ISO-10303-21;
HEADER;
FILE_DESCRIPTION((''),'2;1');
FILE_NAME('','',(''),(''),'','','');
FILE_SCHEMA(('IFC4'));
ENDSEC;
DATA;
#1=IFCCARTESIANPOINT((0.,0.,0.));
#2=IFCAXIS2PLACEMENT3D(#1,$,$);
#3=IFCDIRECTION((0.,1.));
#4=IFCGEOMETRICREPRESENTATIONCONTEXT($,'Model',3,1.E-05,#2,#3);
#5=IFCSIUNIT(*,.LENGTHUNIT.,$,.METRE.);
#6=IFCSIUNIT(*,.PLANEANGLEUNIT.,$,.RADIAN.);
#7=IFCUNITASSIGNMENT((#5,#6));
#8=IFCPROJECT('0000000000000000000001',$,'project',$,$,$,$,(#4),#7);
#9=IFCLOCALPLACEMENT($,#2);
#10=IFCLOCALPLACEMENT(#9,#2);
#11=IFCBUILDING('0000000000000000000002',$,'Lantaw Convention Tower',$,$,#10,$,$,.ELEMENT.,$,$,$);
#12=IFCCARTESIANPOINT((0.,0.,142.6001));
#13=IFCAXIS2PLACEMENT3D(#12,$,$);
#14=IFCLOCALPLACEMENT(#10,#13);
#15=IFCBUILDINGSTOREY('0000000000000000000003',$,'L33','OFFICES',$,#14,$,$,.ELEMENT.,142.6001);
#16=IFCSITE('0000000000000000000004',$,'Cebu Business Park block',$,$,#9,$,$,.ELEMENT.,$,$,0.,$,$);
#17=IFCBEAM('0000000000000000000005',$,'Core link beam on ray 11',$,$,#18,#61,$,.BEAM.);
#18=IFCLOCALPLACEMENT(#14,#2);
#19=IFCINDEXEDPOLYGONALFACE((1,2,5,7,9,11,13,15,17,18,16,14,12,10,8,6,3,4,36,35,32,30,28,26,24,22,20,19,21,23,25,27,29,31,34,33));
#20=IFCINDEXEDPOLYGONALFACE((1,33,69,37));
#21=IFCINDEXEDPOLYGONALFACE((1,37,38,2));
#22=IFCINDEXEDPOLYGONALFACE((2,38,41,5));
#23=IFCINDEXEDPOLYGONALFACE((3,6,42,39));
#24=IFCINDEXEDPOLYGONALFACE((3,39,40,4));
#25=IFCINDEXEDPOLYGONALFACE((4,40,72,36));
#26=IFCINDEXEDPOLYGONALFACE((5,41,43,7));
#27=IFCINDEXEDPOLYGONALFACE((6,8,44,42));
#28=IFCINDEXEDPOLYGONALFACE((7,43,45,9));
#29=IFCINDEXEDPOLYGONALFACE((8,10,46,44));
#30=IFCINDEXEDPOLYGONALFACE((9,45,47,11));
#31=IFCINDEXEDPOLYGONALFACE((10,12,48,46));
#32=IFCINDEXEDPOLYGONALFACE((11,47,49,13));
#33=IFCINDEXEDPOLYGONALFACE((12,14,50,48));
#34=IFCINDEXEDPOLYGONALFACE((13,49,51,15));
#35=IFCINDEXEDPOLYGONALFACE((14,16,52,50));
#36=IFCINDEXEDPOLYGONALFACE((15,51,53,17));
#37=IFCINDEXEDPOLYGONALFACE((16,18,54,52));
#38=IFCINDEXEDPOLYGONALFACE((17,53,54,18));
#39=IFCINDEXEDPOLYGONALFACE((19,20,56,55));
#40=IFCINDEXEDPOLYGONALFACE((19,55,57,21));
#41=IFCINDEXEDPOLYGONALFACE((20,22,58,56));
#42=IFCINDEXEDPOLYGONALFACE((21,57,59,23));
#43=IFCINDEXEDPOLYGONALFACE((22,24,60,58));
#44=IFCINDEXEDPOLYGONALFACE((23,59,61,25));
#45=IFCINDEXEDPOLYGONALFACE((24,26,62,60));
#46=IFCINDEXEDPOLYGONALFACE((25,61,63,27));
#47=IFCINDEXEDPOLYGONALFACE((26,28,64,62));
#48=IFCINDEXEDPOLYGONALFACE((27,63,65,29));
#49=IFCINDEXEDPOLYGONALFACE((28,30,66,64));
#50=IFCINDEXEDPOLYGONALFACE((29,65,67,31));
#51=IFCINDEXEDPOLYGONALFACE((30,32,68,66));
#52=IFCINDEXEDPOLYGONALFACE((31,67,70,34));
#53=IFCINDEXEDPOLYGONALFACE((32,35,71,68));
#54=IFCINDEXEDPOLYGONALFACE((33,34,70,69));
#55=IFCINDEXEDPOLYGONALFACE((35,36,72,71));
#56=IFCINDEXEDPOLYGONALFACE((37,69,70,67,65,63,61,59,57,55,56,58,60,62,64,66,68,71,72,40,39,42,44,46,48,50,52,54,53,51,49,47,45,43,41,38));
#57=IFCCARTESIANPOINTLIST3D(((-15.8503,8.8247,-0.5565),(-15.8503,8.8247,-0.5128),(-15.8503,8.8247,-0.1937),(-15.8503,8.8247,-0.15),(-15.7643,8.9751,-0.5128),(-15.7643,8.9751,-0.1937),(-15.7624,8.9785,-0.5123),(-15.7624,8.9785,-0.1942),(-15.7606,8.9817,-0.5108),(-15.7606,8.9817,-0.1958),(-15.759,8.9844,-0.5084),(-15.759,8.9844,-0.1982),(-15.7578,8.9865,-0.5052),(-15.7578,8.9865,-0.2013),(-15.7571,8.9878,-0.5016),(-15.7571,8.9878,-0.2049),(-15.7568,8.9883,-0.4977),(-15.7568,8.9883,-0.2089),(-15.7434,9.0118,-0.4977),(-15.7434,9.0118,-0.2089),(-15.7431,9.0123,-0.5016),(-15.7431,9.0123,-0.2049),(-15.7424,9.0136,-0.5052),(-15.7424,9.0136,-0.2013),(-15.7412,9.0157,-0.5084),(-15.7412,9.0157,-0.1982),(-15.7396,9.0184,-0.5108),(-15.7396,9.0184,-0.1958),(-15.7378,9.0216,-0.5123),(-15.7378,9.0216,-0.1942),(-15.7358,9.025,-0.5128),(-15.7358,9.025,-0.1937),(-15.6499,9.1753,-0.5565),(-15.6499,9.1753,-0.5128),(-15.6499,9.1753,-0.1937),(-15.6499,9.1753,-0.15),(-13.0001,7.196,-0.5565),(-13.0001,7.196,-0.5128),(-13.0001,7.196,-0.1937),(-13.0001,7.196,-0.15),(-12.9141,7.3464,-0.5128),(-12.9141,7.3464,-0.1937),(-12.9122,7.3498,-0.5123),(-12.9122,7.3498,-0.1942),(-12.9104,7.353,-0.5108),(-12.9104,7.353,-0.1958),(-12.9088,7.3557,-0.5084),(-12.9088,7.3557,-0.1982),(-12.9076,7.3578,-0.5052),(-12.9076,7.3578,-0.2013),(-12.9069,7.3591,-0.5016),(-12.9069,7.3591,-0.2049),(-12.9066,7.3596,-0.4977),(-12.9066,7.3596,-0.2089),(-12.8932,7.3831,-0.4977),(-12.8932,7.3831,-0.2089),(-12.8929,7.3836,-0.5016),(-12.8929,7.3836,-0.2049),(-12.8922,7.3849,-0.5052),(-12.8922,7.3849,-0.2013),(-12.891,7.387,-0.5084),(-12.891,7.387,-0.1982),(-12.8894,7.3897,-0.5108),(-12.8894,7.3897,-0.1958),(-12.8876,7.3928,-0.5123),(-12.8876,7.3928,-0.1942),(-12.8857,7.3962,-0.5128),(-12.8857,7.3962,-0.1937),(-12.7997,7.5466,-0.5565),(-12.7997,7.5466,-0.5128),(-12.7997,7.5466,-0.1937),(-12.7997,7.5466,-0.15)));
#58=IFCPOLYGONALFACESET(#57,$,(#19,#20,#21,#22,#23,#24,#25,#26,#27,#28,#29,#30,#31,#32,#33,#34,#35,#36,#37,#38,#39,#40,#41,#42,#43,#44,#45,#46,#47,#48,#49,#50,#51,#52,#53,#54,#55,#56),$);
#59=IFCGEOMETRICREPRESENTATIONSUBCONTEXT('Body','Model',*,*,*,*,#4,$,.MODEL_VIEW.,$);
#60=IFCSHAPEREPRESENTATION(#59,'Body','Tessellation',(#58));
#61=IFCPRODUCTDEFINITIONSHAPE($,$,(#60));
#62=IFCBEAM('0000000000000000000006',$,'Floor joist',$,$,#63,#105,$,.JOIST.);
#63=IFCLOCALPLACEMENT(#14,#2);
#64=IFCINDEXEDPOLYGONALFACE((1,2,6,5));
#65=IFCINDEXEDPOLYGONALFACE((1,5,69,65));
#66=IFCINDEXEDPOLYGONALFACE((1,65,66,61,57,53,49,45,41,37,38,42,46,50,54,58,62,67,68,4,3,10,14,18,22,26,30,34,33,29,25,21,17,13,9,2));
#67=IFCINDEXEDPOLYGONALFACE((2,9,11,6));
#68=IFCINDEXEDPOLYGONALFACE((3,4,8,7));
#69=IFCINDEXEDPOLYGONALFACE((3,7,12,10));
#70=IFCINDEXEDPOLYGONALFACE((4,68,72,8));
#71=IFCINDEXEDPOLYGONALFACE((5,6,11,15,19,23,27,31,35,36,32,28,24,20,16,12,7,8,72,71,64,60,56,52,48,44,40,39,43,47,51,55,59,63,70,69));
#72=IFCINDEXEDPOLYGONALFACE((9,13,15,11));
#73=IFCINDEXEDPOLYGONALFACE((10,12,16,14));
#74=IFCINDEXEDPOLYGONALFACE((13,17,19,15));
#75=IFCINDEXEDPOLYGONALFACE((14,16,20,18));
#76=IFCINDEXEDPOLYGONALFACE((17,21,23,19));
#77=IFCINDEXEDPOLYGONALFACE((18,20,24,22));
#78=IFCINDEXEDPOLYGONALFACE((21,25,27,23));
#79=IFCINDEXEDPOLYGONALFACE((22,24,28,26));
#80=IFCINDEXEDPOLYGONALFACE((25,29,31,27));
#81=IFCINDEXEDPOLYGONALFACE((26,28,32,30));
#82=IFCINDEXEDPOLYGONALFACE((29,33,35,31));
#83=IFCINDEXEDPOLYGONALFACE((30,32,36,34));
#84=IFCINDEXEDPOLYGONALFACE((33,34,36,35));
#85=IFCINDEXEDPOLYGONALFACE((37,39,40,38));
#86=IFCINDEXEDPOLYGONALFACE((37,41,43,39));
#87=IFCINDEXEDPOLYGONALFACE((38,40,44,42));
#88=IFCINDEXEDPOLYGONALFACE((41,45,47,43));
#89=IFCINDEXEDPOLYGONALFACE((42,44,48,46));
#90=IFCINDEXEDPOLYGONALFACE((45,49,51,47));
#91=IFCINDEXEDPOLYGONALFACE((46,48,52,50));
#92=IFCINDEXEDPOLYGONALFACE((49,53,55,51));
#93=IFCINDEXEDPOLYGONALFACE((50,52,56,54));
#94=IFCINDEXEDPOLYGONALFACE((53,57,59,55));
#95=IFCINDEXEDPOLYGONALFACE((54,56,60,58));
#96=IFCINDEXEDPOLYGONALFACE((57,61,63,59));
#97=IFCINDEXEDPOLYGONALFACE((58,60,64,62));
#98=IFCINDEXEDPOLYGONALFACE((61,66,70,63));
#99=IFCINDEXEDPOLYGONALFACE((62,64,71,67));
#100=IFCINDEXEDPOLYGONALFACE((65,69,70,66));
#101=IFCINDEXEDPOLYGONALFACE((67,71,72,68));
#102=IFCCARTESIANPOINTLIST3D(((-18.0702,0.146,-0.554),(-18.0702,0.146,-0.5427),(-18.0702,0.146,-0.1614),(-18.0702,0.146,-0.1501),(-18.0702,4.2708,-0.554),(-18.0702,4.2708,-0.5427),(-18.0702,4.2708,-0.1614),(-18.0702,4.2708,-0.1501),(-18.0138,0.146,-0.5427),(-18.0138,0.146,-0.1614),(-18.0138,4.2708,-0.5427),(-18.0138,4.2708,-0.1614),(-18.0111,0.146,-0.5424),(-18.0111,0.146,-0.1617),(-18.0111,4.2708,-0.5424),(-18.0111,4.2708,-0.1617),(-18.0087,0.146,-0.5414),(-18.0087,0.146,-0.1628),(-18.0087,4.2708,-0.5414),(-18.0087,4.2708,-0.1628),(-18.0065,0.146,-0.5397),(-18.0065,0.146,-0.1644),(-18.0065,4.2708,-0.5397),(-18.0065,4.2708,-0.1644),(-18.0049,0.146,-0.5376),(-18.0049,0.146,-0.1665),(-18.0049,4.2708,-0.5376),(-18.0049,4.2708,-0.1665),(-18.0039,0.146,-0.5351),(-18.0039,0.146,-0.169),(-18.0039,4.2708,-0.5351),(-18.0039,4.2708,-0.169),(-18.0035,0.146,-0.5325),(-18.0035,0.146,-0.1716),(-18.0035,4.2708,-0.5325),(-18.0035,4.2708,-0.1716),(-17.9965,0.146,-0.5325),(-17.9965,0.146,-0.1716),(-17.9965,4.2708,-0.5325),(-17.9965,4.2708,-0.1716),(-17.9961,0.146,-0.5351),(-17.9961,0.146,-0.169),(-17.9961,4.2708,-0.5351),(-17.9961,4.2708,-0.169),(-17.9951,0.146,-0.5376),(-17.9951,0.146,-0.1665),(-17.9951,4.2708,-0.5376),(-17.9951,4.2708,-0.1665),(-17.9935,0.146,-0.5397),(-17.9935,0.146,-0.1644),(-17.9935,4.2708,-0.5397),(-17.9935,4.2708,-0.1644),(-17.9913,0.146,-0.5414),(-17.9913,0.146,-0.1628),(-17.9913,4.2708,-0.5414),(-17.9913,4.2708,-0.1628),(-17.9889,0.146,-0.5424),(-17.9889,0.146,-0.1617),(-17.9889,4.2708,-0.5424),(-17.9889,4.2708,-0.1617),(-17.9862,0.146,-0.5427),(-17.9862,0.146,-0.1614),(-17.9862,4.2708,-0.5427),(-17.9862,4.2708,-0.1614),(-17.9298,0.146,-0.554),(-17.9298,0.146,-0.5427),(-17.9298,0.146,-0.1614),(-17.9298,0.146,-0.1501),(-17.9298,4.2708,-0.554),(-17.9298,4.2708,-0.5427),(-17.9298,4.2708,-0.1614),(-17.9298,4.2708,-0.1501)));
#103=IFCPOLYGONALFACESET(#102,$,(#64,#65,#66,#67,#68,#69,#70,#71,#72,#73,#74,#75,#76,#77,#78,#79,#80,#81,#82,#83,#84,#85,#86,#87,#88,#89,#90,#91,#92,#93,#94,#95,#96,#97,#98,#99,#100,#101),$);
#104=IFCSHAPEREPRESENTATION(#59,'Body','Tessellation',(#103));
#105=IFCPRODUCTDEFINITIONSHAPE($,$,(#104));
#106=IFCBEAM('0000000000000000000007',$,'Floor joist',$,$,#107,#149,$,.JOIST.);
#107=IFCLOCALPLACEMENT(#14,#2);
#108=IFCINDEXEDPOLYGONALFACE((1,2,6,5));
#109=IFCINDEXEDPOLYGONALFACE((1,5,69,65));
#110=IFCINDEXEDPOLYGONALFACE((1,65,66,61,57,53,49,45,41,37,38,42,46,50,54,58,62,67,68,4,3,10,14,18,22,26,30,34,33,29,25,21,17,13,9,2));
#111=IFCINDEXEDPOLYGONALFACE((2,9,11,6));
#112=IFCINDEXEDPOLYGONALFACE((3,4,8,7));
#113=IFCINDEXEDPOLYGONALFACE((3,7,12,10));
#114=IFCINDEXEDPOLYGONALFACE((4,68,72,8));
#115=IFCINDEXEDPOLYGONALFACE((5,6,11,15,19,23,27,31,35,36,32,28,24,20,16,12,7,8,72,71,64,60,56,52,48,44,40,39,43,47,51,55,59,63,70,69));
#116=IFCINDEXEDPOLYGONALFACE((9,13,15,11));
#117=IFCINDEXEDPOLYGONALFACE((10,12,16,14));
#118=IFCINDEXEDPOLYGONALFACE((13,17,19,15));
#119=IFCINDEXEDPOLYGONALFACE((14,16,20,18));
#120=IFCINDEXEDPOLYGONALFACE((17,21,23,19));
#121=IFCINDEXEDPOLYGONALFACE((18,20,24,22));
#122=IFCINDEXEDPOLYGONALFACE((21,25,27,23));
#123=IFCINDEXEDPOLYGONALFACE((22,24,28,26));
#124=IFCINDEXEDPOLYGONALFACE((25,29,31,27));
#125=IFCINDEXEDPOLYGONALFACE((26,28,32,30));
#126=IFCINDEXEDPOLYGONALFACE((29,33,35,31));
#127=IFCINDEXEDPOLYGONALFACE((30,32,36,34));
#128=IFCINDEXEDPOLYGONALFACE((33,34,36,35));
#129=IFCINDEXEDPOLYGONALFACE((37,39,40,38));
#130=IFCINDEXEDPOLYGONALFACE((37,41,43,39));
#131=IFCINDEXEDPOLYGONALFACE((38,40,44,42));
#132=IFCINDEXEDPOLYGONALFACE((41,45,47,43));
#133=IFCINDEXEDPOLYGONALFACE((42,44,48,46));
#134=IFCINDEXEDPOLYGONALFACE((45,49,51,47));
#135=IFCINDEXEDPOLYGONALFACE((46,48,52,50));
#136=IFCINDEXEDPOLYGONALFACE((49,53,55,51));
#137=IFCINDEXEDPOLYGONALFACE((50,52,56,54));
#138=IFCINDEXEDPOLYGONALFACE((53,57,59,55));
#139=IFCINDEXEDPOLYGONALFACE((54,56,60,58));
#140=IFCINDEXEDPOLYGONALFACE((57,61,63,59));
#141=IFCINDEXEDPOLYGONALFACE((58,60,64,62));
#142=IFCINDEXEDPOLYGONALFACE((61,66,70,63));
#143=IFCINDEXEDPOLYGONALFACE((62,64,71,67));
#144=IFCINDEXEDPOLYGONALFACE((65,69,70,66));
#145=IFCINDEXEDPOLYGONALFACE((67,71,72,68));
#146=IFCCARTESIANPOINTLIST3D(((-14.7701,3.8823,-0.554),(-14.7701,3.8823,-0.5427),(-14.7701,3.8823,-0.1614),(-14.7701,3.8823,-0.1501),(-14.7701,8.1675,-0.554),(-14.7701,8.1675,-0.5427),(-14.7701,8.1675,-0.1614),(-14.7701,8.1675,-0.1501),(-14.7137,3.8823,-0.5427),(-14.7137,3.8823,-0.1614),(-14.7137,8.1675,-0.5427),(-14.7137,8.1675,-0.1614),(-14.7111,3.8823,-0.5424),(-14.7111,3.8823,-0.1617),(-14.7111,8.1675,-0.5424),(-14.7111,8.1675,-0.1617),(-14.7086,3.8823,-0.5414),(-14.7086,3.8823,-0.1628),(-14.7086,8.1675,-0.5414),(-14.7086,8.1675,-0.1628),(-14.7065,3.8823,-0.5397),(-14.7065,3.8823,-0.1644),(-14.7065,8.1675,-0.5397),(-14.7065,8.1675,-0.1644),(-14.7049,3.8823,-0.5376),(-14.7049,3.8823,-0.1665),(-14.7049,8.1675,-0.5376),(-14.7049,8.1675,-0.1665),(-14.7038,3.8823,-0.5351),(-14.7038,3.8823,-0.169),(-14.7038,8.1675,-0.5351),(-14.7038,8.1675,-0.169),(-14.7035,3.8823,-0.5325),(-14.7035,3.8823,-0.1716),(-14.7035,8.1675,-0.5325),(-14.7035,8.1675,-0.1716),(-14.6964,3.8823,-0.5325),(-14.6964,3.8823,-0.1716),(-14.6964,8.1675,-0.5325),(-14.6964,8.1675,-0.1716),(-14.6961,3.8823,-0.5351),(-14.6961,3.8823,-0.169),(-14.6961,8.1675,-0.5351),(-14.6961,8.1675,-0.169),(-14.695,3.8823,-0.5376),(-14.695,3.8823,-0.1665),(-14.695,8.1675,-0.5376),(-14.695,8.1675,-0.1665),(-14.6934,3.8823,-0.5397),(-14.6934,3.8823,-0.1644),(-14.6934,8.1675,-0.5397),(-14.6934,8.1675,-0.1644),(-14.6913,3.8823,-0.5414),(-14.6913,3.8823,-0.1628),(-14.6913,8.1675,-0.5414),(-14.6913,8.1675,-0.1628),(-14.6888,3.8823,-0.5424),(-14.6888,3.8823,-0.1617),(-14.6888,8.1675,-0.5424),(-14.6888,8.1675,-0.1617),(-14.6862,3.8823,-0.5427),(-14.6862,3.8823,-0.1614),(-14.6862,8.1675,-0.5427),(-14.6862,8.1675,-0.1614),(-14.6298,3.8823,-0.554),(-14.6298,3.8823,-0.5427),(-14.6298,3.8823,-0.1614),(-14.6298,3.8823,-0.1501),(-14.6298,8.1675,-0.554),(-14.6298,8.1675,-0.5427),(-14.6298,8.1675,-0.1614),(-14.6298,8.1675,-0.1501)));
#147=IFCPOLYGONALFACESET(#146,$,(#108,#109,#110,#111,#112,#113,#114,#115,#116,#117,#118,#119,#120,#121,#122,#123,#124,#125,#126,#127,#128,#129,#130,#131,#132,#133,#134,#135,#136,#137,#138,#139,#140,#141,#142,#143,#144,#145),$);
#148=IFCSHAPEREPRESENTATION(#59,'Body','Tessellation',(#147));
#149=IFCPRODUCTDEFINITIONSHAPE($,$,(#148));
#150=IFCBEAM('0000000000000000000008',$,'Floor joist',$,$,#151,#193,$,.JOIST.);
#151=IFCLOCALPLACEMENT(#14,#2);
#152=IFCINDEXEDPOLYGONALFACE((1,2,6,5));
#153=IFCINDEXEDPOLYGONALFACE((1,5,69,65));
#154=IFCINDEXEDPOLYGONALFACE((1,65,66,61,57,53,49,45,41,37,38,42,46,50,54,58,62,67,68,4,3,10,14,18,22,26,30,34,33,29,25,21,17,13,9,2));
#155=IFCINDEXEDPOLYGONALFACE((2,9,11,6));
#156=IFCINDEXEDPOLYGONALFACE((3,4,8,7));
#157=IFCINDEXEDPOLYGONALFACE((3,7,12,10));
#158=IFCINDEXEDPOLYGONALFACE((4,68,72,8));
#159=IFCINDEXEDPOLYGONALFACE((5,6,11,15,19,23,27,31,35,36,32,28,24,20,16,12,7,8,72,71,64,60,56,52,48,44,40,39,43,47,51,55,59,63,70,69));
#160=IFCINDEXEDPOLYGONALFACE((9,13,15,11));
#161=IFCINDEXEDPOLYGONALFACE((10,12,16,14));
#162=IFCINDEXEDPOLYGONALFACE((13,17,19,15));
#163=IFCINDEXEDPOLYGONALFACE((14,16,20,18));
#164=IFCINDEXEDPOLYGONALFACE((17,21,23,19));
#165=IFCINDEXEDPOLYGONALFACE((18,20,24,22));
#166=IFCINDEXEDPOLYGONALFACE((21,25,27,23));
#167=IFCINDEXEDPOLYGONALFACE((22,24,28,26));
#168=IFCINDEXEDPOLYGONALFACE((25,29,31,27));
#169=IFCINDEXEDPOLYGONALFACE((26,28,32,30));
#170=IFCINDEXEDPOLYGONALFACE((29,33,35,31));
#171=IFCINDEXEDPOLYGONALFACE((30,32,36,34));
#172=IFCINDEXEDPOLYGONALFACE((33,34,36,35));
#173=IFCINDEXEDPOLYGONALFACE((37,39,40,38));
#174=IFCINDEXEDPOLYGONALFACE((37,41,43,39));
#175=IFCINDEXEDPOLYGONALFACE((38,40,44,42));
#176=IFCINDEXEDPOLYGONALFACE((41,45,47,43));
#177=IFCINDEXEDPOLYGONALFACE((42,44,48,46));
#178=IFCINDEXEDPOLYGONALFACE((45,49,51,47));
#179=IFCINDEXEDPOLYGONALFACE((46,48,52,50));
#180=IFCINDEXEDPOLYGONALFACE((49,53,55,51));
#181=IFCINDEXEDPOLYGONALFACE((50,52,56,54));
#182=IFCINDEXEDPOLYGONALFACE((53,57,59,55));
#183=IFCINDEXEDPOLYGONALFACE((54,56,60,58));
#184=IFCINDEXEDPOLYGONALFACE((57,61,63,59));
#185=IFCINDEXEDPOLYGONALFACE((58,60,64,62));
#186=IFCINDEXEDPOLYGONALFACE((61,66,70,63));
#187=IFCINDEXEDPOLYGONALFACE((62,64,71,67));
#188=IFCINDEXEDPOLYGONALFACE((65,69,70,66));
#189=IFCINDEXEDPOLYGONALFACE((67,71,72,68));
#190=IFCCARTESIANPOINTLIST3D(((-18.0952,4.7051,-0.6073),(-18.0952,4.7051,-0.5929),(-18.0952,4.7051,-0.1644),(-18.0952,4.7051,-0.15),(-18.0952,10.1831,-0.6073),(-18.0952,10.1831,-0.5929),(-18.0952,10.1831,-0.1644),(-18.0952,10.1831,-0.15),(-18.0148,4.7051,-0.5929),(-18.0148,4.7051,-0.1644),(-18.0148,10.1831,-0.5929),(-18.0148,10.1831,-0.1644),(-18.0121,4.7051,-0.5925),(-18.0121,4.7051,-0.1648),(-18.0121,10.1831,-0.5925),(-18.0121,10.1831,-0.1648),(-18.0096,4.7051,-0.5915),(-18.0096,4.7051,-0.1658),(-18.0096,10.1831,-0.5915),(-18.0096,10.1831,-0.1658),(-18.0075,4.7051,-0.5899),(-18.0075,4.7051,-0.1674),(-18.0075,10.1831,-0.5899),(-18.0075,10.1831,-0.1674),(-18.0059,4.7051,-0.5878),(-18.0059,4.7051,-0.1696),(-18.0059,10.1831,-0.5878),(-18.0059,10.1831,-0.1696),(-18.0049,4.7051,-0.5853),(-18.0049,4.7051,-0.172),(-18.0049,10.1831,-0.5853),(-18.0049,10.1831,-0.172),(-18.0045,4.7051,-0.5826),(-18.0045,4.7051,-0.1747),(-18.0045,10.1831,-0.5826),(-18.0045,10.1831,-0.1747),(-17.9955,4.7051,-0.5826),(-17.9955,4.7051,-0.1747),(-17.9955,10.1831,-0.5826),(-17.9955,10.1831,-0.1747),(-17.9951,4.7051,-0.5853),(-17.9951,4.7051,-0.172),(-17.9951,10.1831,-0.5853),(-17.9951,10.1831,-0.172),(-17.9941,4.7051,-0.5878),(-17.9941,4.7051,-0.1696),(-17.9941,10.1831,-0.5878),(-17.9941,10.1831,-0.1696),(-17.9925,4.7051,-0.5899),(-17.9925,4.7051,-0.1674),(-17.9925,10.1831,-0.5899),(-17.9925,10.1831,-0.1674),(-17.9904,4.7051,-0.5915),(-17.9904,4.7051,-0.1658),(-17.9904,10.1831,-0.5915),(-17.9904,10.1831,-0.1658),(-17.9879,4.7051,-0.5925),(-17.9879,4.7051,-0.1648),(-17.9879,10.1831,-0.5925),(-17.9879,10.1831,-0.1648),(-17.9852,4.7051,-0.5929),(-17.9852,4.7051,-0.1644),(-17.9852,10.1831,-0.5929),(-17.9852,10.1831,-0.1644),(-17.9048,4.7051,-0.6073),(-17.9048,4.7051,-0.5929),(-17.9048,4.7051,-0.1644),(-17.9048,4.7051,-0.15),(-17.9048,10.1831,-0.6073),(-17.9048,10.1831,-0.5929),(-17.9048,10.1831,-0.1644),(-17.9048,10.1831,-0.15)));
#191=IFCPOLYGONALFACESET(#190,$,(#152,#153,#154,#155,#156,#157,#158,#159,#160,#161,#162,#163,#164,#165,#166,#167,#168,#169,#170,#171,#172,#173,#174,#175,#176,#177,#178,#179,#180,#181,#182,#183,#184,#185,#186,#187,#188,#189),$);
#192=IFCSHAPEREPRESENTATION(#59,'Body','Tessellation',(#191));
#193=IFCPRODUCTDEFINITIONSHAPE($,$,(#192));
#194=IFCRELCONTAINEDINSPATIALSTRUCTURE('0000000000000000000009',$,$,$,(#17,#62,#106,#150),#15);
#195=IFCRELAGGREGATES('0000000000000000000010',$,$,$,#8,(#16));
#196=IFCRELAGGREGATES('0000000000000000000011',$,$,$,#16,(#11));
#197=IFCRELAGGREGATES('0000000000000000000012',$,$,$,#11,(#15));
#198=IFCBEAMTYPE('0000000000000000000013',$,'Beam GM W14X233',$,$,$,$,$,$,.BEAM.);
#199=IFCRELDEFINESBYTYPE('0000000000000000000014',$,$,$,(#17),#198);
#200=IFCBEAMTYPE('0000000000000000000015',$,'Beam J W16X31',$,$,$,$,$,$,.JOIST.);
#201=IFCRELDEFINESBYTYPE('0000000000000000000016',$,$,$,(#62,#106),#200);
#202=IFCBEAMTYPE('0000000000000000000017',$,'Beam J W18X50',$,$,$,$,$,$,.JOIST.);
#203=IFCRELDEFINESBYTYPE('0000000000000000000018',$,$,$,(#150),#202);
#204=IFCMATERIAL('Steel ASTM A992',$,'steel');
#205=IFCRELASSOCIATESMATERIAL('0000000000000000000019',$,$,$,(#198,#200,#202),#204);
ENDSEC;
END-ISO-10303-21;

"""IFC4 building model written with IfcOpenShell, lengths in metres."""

from ifc_helpers import new_model, si_unit, direction, frame, origin, origin_2d, place, context, subcontext, project, spatial, i_section, extrude, material, material_profile, profile_set, type_object, element, save


model = new_model("IFC4")

# Units and contexts
model_context = context("Model", 3, precision=1e-05, world=origin(), true_north=direction((0.0, 1.0)))
body_context = subcontext(model_context, "Body", "Model", "MODEL_VIEW")
ifc_project = project(units=[si_unit("LENGTHUNIT", "METRE"), si_unit("PLANEANGLEUNIT", "RADIAN")], contexts=[model_context])

# Site, building, storey
site_placement = place(None, origin())
site = spatial("IfcSite", under=ifc_project, at=site_placement, Name="Cebu Business Park block", CompositionType="ELEMENT", RefElevation=0.0)
building_placement = place(site_placement, origin())
building = spatial("IfcBuilding", under=site, at=building_placement, Name="Lantaw Convention Tower", CompositionType="ELEMENT")
storey_placement = place(building_placement, frame((0.0, 0.0, 142.6001)))
storey = spatial("IfcBuildingStorey", under=building, at=storey_placement, Name="L33", Description="OFFICES", CompositionType="ELEMENT", Elevation=142.6001)

# Beams
ifc_material_1 = material(Name="Steel ASTM A992", Category="steel")
ifc_material_profile_1 = material_profile(ifc_material_1, i_section(OverallWidth=0.4038, OverallDepth=0.4065, WebThickness=0.0271, FlangeThickness=0.0437, FilletRadius=0.0151, at=origin_2d()), Name="W14X233")
ifc_profile_set_1 = profile_set([ifc_material_profile_1], Name="Steel ASTM A992")
beam_type_1 = type_object("IfcBeamType", Name="Beam GM W14X233", PredefinedType="BEAM", material=ifc_profile_set_1)
beam_1_placement = place(storey_placement, frame((-12.8999, 7.3713, -0.3533), z_axis=(-0.868239, 0.496147, 0.0), x_axis=(-0.496147, -0.868239, 0.0)))
element("IfcBeam", 1, at=beam_1_placement, inside=storey, type_object=beam_type_1, Name="Core link beam on ray 11", PredefinedType="BEAM", context=body_context, shape_type="SweptSolid", body=[
    extrude(i_section(OverallWidth=0.4038, OverallDepth=0.4065, WebThickness=0.0271, FlangeThickness=0.0437, FilletRadius=0.0151, at=origin_2d()), origin(), (0.0, 0.0, 1.0), 3.2827),
])
ifc_material_profile_2 = material_profile(ifc_material_1, i_section(OverallWidth=0.1404, OverallDepth=0.4038, WebThickness=0.0071, FlangeThickness=0.0112, FilletRadius=0.0103, at=origin_2d()), Name="W16X31")
ifc_profile_set_2 = profile_set([ifc_material_profile_2], Name="Steel ASTM A992")
beam_type_2 = type_object("IfcBeamType", Name="Beam J W16X31", PredefinedType="JOIST", material=ifc_profile_set_2)
beam_2_placement = place(storey_placement, frame((-18.0, 0.146, -0.3521), z_axis=(0.0, 1.0, 0.0), x_axis=(-1.0, 0.0, 0.0)))
element("IfcBeam", 2, at=beam_2_placement, inside=storey, type_object=beam_type_2, Name="Floor joist", PredefinedType="JOIST", context=body_context, shape_type="SweptSolid", body=[
    extrude(i_section(OverallWidth=0.1404, OverallDepth=0.4038, WebThickness=0.0071, FlangeThickness=0.0112, FilletRadius=0.0103, at=origin_2d()), origin(), (0.0, 0.0, 1.0), 4.1248),
])
beam_3_placement = place(storey_placement, frame((-14.7, 3.8823, -0.3521), z_axis=(0.0, 1.0, 0.0), x_axis=(-1.0, 0.0, 0.0)))
element("IfcBeam", 3, at=beam_3_placement, inside=storey, type_object=beam_type_2, Name="Floor joist", PredefinedType="JOIST", context=body_context, shape_type="SweptSolid", body=[
    extrude(i_section(OverallWidth=0.1404, OverallDepth=0.4038, WebThickness=0.0071, FlangeThickness=0.0112, FilletRadius=0.0103, at=origin_2d()), origin(), (0.0, 0.0, 1.0), 4.2852),
])
ifc_material_profile_3 = material_profile(ifc_material_1, i_section(OverallWidth=0.1904, OverallDepth=0.4573, WebThickness=0.009, FlangeThickness=0.0144, FilletRadius=0.0103, at=origin_2d()), Name="W18X50")
ifc_profile_set_3 = profile_set([ifc_material_profile_3], Name="Steel ASTM A992")
beam_type_3 = type_object("IfcBeamType", Name="Beam J W18X50", PredefinedType="JOIST", material=ifc_profile_set_3)
beam_4_placement = place(storey_placement, frame((-18.0, 4.7051, -0.3787), z_axis=(0.0, 1.0, 0.0), x_axis=(-1.0, 0.0, 0.0)))
element("IfcBeam", 4, at=beam_4_placement, inside=storey, type_object=beam_type_3, Name="Floor joist", PredefinedType="JOIST", context=body_context, shape_type="SweptSolid", body=[
    extrude(i_section(OverallWidth=0.1904, OverallDepth=0.4573, WebThickness=0.009, FlangeThickness=0.0144, FilletRadius=0.0103, at=origin_2d()), origin(), (0.0, 0.0, 1.0), 5.478),
])

save(model, "model.ifc")
